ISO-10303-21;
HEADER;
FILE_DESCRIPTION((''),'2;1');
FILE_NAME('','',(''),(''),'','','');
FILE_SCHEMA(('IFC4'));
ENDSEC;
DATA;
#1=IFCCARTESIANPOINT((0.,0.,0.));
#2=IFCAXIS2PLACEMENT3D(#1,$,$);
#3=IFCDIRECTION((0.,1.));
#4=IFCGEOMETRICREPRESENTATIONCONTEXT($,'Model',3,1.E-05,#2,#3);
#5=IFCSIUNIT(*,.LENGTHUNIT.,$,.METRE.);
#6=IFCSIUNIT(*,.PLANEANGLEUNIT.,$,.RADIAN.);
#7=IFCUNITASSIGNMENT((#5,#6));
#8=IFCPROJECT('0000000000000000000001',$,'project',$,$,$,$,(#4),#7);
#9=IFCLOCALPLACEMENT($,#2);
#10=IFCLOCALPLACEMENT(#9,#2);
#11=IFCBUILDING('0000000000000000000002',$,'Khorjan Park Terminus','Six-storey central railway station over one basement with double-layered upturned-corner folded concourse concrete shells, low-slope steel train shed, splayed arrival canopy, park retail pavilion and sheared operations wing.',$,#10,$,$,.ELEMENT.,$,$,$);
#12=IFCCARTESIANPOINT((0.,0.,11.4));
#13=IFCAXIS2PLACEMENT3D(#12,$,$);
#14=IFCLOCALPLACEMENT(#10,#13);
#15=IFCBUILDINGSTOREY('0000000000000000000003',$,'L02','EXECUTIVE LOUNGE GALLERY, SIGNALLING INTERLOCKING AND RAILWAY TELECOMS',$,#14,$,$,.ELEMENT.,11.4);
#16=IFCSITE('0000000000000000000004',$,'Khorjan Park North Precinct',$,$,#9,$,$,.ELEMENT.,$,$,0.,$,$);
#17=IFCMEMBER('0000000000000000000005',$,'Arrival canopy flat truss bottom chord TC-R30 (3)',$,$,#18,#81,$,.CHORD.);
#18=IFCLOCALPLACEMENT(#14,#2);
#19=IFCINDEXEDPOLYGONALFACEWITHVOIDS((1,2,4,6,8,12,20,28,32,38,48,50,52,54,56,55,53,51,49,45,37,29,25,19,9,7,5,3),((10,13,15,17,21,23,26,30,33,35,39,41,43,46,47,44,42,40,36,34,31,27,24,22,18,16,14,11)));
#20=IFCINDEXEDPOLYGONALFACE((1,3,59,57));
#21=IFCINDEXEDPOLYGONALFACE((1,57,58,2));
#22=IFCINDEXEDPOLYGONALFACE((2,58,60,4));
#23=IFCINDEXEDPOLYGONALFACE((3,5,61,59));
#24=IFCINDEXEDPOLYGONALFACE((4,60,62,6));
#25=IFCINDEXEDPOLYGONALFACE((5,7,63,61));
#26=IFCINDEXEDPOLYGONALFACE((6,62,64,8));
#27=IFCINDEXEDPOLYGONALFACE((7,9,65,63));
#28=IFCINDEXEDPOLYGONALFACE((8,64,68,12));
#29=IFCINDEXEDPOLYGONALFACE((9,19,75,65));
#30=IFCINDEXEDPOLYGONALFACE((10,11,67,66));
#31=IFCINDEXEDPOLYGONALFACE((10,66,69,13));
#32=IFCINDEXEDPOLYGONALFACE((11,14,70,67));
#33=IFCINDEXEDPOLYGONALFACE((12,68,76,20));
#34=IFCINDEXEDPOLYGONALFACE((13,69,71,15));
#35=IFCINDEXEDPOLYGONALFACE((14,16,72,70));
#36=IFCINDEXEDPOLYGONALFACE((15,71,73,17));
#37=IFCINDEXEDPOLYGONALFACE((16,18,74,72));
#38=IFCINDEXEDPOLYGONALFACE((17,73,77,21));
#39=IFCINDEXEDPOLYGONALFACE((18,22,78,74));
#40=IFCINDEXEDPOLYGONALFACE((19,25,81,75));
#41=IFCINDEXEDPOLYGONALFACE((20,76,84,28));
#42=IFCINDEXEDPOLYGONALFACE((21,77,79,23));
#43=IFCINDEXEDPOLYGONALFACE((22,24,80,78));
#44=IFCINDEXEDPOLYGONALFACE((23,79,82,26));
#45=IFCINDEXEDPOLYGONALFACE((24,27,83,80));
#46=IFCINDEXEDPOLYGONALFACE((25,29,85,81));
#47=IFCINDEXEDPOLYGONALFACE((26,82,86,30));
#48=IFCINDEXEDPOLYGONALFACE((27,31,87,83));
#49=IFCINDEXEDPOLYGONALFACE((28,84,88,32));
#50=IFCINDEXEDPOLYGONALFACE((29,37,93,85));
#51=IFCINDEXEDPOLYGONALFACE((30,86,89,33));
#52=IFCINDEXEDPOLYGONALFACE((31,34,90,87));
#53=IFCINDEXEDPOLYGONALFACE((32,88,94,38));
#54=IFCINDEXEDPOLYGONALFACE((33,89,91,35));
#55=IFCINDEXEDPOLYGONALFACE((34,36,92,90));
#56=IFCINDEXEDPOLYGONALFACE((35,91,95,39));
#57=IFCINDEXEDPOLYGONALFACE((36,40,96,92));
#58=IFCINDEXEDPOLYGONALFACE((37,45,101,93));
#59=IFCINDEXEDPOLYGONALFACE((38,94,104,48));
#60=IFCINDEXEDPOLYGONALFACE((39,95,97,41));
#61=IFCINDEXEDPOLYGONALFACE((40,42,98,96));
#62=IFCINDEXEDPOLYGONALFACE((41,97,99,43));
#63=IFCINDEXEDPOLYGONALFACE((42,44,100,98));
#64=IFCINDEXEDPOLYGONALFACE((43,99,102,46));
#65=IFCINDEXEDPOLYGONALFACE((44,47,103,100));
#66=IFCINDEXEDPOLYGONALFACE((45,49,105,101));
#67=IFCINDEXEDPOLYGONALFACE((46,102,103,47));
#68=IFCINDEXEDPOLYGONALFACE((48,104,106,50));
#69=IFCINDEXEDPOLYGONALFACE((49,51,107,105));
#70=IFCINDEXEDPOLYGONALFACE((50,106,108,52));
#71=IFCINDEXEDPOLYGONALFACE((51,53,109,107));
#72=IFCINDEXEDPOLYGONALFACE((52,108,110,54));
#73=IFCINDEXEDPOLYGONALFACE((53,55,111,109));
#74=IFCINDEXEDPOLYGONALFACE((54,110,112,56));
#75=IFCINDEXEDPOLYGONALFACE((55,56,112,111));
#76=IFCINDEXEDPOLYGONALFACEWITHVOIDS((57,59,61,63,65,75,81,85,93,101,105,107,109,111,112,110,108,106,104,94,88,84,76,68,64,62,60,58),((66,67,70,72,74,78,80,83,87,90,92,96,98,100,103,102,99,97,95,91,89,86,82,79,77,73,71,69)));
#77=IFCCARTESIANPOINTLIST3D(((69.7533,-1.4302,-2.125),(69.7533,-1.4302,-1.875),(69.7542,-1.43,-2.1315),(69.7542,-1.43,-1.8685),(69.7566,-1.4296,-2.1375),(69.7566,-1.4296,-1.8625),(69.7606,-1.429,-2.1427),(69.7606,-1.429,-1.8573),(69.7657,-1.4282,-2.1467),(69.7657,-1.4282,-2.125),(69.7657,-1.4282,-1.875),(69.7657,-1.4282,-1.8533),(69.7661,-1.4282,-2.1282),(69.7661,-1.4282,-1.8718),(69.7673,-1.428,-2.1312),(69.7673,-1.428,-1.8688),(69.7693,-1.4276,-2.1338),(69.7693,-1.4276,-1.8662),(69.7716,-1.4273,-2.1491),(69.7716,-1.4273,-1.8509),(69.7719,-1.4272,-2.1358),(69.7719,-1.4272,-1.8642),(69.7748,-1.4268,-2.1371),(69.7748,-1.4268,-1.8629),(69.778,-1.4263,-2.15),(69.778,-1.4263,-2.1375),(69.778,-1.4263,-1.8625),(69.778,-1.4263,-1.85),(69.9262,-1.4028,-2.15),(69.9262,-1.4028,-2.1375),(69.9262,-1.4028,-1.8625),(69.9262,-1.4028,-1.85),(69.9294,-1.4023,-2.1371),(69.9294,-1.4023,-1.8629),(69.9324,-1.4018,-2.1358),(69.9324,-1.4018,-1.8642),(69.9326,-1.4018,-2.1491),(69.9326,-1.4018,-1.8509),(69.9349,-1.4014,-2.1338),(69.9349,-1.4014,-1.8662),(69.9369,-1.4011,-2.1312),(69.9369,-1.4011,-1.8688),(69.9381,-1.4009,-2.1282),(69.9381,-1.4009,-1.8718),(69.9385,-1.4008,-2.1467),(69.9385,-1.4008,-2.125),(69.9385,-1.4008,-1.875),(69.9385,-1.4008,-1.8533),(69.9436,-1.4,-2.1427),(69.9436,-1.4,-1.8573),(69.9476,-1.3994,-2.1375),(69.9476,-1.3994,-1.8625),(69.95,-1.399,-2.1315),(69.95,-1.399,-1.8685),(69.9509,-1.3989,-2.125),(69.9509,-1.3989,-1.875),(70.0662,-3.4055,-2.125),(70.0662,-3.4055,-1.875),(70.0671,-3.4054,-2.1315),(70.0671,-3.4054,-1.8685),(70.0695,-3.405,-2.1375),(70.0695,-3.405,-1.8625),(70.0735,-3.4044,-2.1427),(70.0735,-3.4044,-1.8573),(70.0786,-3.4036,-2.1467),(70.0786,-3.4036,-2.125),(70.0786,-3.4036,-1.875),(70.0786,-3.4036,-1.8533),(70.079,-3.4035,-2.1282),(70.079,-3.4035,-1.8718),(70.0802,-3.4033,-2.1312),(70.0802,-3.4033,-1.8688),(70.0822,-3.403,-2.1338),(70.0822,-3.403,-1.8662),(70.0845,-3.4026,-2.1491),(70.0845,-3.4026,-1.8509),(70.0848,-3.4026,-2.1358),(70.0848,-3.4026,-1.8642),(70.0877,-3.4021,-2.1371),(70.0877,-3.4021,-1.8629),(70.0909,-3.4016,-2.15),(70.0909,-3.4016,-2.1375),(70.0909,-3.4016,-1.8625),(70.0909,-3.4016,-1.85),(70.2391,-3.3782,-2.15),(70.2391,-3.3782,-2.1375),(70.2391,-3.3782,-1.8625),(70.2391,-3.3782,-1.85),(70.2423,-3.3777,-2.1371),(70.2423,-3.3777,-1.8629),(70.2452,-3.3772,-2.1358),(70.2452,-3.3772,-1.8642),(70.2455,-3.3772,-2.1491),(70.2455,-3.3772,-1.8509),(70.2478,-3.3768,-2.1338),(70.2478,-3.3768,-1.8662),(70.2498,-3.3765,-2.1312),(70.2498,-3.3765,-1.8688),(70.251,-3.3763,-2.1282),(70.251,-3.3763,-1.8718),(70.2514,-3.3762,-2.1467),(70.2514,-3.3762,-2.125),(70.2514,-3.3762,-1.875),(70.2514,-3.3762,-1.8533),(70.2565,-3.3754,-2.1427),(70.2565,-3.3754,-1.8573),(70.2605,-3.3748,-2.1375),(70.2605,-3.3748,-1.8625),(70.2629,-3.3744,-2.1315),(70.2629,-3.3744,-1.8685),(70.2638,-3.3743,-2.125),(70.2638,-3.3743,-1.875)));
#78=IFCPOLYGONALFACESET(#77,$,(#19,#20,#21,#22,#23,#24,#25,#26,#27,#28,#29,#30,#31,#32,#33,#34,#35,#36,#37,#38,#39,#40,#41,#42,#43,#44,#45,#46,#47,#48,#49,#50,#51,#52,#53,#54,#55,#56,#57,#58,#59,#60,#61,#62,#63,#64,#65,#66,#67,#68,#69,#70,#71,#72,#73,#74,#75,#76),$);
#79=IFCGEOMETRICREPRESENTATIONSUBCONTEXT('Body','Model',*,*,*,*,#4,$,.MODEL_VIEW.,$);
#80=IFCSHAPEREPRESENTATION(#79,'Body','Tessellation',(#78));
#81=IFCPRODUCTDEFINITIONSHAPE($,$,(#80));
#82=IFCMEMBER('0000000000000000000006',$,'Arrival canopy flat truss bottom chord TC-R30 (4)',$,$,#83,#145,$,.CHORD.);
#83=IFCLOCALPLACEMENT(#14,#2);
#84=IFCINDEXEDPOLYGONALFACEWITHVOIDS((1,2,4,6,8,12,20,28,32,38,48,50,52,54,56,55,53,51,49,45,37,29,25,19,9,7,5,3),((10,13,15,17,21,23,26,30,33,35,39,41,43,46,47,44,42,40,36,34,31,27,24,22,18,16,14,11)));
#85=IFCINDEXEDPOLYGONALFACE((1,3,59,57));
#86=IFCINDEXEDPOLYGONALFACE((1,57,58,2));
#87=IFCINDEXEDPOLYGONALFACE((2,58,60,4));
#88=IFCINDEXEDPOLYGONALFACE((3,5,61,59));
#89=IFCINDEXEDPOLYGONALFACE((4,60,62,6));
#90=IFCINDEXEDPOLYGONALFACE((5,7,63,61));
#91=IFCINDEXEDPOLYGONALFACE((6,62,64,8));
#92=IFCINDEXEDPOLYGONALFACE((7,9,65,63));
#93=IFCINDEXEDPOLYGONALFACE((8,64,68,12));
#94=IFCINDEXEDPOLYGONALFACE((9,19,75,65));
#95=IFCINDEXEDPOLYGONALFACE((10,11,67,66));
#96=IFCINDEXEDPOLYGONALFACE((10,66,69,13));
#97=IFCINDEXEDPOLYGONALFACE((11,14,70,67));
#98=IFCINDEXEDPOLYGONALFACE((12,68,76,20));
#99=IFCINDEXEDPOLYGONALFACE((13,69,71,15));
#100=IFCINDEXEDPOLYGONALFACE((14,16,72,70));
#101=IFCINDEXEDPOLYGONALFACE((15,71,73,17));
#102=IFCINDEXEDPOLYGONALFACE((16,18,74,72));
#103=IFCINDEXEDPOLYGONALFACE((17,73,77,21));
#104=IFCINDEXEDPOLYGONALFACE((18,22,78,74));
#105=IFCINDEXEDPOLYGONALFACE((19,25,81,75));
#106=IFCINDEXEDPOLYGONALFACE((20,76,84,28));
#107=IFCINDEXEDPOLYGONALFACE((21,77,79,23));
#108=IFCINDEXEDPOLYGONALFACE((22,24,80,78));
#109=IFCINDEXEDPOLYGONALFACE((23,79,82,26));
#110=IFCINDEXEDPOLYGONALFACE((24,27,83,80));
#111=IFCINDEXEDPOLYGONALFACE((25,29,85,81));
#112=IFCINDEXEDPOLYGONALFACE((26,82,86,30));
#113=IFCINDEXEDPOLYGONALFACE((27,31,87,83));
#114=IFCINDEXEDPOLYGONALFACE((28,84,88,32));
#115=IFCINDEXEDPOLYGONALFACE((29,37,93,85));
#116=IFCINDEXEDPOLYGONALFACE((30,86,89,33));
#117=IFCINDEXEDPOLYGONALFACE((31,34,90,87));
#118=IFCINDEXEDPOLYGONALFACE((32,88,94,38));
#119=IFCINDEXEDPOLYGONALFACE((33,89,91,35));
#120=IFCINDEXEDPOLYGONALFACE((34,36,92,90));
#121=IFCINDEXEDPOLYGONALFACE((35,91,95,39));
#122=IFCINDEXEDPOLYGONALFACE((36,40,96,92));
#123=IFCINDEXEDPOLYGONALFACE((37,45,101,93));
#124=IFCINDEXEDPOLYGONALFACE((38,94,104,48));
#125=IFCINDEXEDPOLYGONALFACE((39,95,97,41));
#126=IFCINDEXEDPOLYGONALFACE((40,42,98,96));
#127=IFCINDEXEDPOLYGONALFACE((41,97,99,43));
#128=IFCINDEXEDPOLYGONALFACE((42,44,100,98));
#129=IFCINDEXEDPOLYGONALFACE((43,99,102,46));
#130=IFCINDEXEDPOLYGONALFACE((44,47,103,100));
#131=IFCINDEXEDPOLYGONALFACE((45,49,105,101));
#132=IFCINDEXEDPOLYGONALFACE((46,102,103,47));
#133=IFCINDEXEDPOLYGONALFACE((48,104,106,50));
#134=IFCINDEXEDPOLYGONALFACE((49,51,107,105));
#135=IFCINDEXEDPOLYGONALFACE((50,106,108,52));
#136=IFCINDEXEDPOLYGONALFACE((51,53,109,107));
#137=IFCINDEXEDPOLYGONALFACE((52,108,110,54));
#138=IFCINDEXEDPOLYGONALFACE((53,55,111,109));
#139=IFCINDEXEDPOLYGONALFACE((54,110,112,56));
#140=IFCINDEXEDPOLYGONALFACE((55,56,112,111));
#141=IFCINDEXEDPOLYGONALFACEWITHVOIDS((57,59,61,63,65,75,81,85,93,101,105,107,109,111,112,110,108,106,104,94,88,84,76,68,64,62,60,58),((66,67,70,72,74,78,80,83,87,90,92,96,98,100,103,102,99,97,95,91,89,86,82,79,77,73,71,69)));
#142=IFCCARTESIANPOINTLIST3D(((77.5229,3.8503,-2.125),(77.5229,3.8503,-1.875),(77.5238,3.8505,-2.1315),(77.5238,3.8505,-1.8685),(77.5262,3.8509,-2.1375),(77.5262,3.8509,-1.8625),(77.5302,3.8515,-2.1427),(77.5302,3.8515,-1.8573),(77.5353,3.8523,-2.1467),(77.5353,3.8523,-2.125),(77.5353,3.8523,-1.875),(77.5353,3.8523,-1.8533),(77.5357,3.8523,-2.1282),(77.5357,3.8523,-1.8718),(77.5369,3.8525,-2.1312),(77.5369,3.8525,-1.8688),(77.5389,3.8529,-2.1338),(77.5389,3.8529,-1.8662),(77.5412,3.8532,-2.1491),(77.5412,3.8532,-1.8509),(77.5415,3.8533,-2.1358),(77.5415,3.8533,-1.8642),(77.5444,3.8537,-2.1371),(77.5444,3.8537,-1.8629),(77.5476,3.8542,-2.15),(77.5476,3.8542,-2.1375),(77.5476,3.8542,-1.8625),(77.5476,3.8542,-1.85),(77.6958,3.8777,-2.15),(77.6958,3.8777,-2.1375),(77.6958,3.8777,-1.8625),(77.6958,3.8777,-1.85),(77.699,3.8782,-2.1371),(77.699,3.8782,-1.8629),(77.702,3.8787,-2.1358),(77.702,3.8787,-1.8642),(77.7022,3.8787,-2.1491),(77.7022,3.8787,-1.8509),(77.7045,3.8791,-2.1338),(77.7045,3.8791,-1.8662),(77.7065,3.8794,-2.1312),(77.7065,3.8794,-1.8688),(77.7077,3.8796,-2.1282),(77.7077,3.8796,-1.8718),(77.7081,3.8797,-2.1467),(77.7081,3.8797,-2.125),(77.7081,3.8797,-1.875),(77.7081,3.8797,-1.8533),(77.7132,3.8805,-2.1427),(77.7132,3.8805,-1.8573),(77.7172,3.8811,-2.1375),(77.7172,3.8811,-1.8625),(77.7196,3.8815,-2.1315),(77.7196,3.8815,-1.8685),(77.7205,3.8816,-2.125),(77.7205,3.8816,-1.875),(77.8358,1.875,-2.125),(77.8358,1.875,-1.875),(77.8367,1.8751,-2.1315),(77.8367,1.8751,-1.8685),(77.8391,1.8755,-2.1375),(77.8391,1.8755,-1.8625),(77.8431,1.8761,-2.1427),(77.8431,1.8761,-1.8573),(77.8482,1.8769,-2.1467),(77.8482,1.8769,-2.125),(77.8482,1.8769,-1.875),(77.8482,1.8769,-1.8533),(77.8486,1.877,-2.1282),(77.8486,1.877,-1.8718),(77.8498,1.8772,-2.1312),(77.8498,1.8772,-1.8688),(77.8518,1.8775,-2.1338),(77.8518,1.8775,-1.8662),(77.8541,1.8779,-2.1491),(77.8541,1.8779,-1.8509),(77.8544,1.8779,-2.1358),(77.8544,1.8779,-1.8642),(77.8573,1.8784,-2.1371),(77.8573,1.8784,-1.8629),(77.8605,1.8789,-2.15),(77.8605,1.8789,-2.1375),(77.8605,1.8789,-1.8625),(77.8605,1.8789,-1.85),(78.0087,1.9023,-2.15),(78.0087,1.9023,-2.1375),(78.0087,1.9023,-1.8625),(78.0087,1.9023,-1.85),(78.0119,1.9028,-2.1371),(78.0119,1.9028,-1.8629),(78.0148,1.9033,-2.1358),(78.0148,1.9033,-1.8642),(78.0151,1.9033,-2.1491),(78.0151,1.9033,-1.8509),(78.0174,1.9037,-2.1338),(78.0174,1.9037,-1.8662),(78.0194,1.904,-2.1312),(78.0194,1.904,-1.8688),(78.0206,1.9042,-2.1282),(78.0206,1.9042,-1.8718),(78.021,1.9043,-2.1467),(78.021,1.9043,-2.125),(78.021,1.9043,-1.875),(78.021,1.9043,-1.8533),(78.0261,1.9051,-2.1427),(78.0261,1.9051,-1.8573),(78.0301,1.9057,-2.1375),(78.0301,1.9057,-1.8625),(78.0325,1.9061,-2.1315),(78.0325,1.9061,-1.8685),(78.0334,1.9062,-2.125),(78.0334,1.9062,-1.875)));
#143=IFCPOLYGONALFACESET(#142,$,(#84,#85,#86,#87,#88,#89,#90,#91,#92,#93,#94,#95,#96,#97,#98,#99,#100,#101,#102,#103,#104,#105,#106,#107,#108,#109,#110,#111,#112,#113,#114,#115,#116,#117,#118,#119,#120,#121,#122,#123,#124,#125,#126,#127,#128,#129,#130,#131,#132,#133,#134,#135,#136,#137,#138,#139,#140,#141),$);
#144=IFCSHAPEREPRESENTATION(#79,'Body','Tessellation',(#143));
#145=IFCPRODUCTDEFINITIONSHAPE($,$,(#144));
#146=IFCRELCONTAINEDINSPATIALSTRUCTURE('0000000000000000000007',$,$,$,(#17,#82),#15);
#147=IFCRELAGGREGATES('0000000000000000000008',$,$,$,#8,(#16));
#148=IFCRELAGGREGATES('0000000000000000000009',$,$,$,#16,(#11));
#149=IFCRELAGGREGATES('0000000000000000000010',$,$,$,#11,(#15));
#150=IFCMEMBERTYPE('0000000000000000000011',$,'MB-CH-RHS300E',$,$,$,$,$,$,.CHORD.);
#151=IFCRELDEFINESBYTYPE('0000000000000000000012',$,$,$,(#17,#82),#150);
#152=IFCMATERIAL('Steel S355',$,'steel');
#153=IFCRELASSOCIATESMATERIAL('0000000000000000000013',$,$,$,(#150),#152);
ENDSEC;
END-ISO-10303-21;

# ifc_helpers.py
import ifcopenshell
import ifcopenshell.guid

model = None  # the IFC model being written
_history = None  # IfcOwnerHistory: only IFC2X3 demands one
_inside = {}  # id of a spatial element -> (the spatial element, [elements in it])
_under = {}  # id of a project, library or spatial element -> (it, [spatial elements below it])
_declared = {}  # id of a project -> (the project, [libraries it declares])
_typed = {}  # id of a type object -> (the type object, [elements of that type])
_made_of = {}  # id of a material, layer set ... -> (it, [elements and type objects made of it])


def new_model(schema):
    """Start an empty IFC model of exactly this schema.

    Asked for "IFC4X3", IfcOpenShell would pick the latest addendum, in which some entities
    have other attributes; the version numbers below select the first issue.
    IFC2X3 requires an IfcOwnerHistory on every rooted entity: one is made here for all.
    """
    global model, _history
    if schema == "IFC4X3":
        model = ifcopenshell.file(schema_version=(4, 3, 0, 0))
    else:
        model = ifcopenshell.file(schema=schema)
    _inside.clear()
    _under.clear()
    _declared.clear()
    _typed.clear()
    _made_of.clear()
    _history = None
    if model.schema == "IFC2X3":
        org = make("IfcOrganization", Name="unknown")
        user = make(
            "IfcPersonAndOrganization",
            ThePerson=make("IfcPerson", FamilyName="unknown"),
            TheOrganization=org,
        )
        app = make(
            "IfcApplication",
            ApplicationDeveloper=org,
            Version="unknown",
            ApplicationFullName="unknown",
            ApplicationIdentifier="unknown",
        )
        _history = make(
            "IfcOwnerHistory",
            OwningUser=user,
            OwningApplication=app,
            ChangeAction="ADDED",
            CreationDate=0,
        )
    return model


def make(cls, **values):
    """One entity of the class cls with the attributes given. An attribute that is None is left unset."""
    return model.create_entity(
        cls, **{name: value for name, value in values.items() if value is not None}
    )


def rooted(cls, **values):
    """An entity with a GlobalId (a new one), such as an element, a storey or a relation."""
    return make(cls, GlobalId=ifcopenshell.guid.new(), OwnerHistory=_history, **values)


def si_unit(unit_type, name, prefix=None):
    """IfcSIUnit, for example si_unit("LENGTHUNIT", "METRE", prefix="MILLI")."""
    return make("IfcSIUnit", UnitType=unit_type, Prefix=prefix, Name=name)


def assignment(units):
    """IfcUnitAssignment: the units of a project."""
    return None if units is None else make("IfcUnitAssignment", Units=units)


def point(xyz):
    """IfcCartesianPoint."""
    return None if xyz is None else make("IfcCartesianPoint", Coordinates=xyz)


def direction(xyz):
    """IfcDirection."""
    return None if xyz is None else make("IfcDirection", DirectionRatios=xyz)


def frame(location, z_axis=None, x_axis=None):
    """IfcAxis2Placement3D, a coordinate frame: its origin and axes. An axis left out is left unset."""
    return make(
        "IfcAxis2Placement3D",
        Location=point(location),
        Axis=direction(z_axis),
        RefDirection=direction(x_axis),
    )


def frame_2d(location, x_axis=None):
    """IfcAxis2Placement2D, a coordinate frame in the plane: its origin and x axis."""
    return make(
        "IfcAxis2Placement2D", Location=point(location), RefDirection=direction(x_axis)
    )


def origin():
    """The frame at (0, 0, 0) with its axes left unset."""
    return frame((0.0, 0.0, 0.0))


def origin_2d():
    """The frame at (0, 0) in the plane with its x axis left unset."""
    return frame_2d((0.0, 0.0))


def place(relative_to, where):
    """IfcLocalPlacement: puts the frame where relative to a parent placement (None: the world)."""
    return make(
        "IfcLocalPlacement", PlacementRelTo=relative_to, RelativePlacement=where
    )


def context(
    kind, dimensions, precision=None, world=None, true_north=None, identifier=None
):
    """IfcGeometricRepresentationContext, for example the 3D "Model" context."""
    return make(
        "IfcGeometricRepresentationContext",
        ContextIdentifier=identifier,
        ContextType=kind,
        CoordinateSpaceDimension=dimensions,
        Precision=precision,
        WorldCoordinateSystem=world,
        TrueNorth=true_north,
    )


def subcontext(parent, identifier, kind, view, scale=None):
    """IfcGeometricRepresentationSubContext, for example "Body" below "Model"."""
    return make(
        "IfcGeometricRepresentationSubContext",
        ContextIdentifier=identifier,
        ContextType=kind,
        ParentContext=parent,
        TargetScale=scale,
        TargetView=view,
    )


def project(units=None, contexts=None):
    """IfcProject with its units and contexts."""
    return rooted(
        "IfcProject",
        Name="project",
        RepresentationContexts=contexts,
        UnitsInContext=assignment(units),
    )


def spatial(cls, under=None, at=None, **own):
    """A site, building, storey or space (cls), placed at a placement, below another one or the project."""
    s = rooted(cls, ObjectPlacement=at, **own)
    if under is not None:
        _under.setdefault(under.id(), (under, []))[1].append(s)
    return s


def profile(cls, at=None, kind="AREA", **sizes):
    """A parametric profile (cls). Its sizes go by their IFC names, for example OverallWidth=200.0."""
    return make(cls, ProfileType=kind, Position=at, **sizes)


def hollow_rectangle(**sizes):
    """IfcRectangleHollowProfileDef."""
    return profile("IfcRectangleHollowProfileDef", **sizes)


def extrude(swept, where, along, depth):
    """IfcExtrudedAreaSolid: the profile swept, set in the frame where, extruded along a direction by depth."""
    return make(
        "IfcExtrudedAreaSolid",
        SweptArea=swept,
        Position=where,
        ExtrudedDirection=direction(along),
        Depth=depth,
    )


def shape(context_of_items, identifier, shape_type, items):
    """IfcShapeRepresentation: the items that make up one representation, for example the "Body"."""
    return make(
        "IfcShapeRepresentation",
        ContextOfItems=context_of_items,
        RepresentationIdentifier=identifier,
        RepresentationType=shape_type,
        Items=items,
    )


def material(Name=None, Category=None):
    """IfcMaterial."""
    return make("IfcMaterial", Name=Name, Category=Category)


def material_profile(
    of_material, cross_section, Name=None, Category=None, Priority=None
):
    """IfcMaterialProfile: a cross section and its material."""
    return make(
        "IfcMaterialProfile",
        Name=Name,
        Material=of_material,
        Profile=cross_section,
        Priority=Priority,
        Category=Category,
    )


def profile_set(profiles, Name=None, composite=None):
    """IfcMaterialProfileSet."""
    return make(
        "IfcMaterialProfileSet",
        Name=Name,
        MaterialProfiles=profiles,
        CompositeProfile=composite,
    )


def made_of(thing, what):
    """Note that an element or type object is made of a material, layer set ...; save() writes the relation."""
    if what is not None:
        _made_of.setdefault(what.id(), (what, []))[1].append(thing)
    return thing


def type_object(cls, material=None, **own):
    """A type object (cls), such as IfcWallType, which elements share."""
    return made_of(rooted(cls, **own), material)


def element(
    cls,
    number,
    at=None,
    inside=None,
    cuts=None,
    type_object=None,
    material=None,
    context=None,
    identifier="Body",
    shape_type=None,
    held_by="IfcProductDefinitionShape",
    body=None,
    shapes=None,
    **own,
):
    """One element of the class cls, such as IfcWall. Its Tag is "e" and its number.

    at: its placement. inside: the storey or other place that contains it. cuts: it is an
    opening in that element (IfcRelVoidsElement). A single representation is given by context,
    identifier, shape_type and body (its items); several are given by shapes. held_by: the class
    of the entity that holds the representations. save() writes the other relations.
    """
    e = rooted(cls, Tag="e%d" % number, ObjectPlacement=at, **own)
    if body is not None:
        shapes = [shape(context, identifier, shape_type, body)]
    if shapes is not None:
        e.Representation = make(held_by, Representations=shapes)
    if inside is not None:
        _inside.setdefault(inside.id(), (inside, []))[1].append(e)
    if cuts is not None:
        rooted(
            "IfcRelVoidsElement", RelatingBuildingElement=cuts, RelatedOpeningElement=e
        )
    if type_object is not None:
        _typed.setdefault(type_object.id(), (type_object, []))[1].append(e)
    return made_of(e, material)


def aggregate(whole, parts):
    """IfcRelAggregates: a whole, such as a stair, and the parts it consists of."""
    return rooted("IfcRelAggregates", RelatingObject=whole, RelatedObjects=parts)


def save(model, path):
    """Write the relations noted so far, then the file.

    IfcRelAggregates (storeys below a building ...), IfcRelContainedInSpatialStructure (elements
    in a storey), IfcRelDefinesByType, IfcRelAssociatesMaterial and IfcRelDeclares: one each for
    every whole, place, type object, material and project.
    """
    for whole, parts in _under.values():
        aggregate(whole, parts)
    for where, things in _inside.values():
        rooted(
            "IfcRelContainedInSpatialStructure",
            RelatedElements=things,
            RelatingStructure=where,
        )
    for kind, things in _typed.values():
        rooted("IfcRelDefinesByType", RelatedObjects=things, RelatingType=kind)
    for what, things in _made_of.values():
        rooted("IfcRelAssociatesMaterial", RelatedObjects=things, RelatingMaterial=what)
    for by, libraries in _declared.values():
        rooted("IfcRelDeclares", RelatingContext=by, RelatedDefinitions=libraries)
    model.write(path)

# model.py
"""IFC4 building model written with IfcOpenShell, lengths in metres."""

from ifc_helpers import new_model, si_unit, direction, frame, origin, origin_2d, place, context, subcontext, project, spatial, hollow_rectangle, extrude, material, material_profile, profile_set, type_object, element, save


model = new_model("IFC4")

# Units and contexts
model_context = context("Model", 3, precision=1e-05, world=origin(), true_north=direction((0.0, 1.0)))
body_context = subcontext(model_context, "Body", "Model", "MODEL_VIEW")
ifc_project = project(units=[si_unit("LENGTHUNIT", "METRE"), si_unit("PLANEANGLEUNIT", "RADIAN")], contexts=[model_context])

# Site, building, storey
site_placement = place(None, origin())
site = spatial("IfcSite", under=ifc_project, at=site_placement, Name="Khorjan Park North Precinct", CompositionType="ELEMENT", RefElevation=0.0)
building_placement = place(site_placement, origin())
building = spatial("IfcBuilding", under=site, at=building_placement, Name="Khorjan Park Terminus", Description="Six-storey central railway station over one basement with double-layered upturned-corner folded concourse concrete shells, low-slope steel train shed, splayed arrival canopy, park retail pavilion and sheared operations wing.", CompositionType="ELEMENT")
storey_placement = place(building_placement, frame((0.0, 0.0, 11.4)))
storey = spatial("IfcBuildingStorey", under=building, at=storey_placement, Name="L02", Description="EXECUTIVE LOUNGE GALLERY, SIGNALLING INTERLOCKING AND RAILWAY TELECOMS", CompositionType="ELEMENT", Elevation=11.4)

# Members
ifc_material = material(Name="Steel S355", Category="steel")
ifc_material_profile_1 = material_profile(ifc_material, hollow_rectangle(XDim=0.2, YDim=0.3, WallThickness=0.0125, InnerFilletRadius=0.0125, OuterFilletRadius=0.025, at=origin_2d()), Name="RHS 300x200x12.5")
ifc_profile_set_1 = profile_set([ifc_material_profile_1], Name="Steel S355")
member_type_1 = type_object("IfcMemberType", Name="MB-CH-RHS300E", PredefinedType="CHORD", material=ifc_profile_set_1)
for number, where, z_axis, x_axis, name in (
    (1, (70.165, -3.3899, -2.0), (-0.156448, 0.987686, 0.0), (-0.987686, -0.156448, 0.0), "Arrival canopy flat truss bottom chord TC-R30 (3)"),
    (2, (77.9346, 1.8906, -2.0), (-0.156448, 0.987686, 0.0), (-0.987686, -0.156448, 0.0), "Arrival canopy flat truss bottom chord TC-R30 (4)"),
):
    element("IfcMember", number, at=place(storey_placement, frame(where, z_axis=z_axis, x_axis=x_axis)), inside=storey, type_object=member_type_1, Name=name, PredefinedType="CHORD", context=body_context, shape_type="SweptSolid", body=[
        extrude(hollow_rectangle(XDim=0.2, YDim=0.3, WallThickness=0.0125, InnerFilletRadius=0.0125, OuterFilletRadius=0.025, at=origin_2d()), origin(), (0.0, 0.0, 1.0), 2.0),
    ])

save(model, "model.ifc")
